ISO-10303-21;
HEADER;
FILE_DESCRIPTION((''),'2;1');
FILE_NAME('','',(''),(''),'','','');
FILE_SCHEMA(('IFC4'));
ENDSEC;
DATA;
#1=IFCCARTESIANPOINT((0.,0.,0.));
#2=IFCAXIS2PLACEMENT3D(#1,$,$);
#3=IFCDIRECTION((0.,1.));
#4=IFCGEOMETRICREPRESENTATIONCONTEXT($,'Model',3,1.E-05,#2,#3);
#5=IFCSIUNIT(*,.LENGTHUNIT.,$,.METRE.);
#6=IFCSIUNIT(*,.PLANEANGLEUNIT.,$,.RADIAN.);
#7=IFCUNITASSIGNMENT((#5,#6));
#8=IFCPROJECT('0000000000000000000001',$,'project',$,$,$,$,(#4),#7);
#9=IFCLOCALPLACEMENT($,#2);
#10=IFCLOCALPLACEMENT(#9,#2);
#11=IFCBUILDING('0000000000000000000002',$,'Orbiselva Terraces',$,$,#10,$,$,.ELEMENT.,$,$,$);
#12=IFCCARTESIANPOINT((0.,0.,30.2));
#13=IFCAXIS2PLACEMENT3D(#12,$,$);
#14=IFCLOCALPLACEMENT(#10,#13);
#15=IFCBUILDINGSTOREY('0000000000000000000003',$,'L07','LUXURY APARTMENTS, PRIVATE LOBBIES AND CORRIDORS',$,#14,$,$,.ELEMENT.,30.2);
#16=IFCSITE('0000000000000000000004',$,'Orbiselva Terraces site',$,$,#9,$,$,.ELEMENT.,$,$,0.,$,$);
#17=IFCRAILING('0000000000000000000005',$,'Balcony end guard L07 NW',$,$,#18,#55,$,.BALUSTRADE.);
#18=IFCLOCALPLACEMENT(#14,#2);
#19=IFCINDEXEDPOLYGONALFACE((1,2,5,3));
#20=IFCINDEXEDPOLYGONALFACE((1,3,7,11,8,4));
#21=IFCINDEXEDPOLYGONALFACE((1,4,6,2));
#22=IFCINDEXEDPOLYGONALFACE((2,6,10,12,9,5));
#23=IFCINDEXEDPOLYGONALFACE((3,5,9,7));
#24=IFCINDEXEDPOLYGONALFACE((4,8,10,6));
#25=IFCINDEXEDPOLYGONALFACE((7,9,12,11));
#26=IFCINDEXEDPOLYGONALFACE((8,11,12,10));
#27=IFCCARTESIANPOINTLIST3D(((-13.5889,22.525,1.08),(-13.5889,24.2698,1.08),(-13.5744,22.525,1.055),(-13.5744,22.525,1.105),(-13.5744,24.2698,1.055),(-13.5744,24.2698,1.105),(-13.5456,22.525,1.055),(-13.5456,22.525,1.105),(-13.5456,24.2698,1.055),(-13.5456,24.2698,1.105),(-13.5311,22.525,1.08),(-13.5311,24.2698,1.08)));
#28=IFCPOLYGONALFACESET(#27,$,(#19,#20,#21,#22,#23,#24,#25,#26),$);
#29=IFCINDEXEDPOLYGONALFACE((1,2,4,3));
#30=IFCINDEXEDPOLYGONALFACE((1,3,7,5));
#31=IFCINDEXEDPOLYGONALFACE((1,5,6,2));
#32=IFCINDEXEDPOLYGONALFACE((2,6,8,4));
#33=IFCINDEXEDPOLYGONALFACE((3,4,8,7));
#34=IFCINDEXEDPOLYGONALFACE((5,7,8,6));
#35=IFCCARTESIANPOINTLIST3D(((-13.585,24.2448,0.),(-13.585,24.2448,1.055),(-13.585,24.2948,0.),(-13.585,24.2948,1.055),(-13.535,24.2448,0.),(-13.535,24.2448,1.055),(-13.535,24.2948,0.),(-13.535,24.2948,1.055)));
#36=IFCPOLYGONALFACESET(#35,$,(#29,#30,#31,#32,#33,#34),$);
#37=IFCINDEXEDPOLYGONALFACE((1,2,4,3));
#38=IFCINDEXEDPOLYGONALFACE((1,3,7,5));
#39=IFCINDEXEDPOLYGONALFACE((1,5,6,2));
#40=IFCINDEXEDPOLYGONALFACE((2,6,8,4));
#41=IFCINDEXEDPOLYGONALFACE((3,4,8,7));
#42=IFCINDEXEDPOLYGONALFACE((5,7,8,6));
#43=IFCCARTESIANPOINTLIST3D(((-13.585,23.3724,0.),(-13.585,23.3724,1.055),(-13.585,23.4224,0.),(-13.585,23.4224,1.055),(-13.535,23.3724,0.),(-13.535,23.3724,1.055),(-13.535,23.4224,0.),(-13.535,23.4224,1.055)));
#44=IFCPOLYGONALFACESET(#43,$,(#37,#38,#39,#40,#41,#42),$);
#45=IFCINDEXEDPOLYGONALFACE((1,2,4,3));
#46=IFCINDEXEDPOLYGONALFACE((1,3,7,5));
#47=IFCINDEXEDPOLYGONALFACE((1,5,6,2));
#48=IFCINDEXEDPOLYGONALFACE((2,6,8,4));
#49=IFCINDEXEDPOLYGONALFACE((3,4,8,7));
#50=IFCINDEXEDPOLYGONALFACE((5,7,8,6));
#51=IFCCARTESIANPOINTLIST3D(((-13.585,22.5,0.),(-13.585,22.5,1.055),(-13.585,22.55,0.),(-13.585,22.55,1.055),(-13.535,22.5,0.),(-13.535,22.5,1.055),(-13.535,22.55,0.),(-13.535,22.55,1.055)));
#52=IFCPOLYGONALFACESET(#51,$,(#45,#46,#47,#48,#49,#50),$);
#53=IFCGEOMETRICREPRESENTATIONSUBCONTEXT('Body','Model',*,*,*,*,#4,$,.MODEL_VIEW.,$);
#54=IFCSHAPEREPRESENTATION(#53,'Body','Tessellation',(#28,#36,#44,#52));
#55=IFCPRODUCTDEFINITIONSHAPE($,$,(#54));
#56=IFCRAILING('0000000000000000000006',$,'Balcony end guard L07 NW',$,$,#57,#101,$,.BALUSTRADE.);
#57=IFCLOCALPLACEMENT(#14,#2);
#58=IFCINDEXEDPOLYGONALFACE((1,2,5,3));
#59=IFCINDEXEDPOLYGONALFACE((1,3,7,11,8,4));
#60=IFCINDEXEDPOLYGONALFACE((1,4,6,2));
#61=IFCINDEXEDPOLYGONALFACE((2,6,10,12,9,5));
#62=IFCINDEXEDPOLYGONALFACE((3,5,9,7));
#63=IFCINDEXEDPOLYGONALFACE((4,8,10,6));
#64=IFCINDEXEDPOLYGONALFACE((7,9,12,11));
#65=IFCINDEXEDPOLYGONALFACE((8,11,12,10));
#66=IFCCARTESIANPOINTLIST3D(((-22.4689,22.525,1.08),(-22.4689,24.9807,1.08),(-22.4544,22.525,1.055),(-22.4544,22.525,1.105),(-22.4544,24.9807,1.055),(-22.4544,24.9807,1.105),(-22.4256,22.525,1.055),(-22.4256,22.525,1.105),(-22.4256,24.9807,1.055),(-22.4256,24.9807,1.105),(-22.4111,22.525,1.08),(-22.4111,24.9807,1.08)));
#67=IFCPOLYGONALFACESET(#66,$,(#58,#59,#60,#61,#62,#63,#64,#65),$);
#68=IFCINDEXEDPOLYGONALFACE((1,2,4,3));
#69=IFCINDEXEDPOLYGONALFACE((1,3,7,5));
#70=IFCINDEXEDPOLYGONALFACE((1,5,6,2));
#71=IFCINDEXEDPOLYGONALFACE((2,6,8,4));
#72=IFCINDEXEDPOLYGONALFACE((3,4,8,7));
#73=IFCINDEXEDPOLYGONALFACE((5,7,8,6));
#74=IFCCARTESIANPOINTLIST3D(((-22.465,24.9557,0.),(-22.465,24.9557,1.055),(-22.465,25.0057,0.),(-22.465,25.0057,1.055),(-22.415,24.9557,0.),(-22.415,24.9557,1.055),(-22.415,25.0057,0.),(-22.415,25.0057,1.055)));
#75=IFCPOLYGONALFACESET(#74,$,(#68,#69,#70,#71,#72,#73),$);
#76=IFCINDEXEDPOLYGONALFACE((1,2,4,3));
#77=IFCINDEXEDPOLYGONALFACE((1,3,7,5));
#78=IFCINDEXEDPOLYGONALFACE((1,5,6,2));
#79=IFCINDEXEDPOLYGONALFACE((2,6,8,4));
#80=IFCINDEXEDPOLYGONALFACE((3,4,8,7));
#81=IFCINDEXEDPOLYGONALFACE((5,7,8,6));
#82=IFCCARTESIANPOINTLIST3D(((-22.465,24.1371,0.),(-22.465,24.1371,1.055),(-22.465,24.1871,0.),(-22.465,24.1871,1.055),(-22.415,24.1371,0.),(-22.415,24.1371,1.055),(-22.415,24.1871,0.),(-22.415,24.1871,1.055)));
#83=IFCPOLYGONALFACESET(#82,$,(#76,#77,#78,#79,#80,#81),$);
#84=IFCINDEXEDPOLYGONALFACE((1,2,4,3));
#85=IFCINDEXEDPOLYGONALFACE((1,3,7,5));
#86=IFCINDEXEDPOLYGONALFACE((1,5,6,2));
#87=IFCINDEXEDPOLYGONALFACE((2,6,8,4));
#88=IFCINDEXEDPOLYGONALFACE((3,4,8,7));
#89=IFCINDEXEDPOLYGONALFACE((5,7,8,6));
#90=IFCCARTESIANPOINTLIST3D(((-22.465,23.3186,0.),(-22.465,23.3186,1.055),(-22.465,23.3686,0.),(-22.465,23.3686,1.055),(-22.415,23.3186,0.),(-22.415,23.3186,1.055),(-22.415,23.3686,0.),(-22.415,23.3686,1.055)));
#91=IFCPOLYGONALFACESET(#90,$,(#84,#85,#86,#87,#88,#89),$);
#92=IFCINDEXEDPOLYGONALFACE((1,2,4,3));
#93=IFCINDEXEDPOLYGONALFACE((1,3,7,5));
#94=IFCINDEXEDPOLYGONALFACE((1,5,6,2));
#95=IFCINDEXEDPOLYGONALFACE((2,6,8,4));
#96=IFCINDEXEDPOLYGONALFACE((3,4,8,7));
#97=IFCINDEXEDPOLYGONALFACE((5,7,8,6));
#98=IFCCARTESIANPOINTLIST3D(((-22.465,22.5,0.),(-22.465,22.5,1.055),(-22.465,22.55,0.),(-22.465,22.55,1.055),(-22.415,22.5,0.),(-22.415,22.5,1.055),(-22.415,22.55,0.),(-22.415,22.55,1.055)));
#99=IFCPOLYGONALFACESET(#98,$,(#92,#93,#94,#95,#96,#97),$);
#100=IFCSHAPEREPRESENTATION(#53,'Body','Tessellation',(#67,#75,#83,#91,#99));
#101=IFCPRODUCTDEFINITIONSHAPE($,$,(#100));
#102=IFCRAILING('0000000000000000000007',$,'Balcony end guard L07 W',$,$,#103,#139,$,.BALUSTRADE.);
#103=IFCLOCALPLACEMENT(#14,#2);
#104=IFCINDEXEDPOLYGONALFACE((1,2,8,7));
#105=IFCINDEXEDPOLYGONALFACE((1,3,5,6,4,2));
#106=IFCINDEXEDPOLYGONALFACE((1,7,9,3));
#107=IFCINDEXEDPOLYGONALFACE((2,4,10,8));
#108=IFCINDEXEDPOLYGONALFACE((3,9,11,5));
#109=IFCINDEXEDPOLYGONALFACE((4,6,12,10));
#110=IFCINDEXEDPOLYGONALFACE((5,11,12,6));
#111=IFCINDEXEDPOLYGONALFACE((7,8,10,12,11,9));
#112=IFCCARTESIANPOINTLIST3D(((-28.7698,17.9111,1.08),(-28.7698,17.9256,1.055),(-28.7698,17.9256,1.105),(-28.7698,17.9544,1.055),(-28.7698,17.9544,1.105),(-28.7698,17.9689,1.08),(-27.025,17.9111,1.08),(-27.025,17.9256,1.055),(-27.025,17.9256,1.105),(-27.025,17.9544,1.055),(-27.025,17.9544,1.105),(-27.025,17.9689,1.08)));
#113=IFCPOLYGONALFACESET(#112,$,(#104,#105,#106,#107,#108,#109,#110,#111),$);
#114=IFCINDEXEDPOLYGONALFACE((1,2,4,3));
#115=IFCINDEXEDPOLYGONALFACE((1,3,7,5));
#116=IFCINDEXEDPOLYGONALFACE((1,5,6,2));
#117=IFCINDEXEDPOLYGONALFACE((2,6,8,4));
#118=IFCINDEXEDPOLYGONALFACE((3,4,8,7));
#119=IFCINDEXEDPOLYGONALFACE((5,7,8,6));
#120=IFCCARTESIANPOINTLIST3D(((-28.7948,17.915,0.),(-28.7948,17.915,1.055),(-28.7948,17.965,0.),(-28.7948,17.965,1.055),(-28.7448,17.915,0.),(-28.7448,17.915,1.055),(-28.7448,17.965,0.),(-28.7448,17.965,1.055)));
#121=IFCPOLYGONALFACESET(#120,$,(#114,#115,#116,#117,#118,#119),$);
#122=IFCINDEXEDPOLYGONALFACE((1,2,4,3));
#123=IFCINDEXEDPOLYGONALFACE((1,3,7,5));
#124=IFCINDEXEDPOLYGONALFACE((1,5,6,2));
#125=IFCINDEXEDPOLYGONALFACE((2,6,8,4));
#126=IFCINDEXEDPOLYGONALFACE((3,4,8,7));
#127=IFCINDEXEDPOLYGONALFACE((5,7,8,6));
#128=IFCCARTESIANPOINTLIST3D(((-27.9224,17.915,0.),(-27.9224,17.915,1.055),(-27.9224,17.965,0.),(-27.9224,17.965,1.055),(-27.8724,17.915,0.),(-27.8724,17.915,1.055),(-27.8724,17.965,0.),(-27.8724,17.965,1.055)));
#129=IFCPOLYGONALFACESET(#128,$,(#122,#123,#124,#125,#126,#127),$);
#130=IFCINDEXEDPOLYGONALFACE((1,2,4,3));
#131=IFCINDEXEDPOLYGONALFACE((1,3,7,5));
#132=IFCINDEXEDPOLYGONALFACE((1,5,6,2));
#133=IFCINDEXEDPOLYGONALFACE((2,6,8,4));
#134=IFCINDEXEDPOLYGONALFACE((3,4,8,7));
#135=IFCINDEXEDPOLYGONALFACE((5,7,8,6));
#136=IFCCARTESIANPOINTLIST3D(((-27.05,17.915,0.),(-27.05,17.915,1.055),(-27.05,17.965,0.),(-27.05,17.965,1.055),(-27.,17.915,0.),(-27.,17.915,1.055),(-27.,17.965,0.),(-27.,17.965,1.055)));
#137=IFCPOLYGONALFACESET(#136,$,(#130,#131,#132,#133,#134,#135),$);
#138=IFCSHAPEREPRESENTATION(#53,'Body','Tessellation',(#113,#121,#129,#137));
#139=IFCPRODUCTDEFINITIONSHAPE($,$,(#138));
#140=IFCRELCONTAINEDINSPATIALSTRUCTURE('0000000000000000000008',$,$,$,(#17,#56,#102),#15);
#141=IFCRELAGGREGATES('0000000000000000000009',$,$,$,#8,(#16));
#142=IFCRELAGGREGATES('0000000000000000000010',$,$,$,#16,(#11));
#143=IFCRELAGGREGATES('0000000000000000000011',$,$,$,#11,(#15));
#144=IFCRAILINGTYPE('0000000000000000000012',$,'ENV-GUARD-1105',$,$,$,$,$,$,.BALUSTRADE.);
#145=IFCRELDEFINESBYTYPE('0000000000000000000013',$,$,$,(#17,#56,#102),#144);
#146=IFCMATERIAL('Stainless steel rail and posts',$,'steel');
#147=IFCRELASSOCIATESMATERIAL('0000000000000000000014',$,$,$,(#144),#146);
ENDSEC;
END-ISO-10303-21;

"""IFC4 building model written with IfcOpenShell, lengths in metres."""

from ifc_helpers import new_model, si_unit, direction, frame, origin, origin_2d, place, context, subcontext, project, spatial, polyline, rectangle, outline, extrude, material, type_object, element, save


model = new_model("IFC4")

# Units and contexts
model_context = context("Model", 3, precision=1e-05, world=origin(), true_north=direction((0.0, 1.0)))
body_context = subcontext(model_context, "Body", "Model", "MODEL_VIEW")
ifc_project = project(units=[si_unit("LENGTHUNIT", "METRE"), si_unit("PLANEANGLEUNIT", "RADIAN")], contexts=[model_context])

# Site, building, storey
site_placement = place(None, origin())
site = spatial("IfcSite", under=ifc_project, at=site_placement, Name="Orbiselva Terraces site", CompositionType="ELEMENT", RefElevation=0.0)
building_placement = place(site_placement, origin())
building = spatial("IfcBuilding", under=site, at=building_placement, Name="Orbiselva Terraces", CompositionType="ELEMENT")
storey_placement = place(building_placement, frame((0.0, 0.0, 30.2)))
storey = spatial("IfcBuildingStorey", under=building, at=storey_placement, Name="L07", Description="LUXURY APARTMENTS, PRIVATE LOBBIES AND CORRIDORS", CompositionType="ELEMENT", Elevation=30.2)

# Railings
ifc_material_1 = material(Name="Stainless steel rail and posts", Category="steel")
railing_type_1 = type_object("IfcRailingType", Name="ENV-GUARD-1105", PredefinedType="BALUSTRADE", material=ifc_material_1)
railing_1_placement = place(storey_placement, frame((-13.56, 24.2698, 0.0)))
element("IfcRailing", 1, at=railing_1_placement, inside=storey, type_object=railing_type_1, Name="Balcony end guard L07 NW", PredefinedType="BALUSTRADE", context=body_context, shape_type="SweptSolid", body=[
    extrude(outline(polyline([(0.0289, 0.0), (0.0144, 0.025), (-0.0144, 0.025), (-0.0289, 0.0), (-0.0144, -0.025), (0.0144, -0.025), (0.0289, 0.0)])), frame((0.0, 0.0, 1.08), z_axis=(0.0, -1.0, 0.0), x_axis=(1.0, 0.0, 0.0)), (0.0, 0.0, 1.0), 1.7448),
    extrude(rectangle(XDim=0.05, YDim=0.05, at=origin_2d()), origin(), (0.0, 0.0, 1.0), 1.055),
    extrude(rectangle(XDim=0.05, YDim=0.05, at=origin_2d()), frame((0.0, -0.8724, 0.0)), (0.0, 0.0, 1.0), 1.055),
    extrude(rectangle(XDim=0.05, YDim=0.05, at=origin_2d()), frame((0.0, -1.7448, 0.0)), (0.0, 0.0, 1.0), 1.055),
])
railing_2_placement = place(storey_placement, frame((-22.44, 24.9807, 0.0)))
element("IfcRailing", 2, at=railing_2_placement, inside=storey, type_object=railing_type_1, Name="Balcony end guard L07 NW", PredefinedType="BALUSTRADE", context=body_context, shape_type="SweptSolid", body=[
    extrude(outline(polyline([(0.0289, 0.0), (0.0144, 0.025), (-0.0144, 0.025), (-0.0289, 0.0), (-0.0144, -0.025), (0.0144, -0.025), (0.0289, 0.0)])), frame((0.0, 0.0, 1.08), z_axis=(0.0, -1.0, 0.0), x_axis=(1.0, 0.0, 0.0)), (0.0, 0.0, 1.0), 2.4557),
    extrude(rectangle(XDim=0.05, YDim=0.05, at=origin_2d()), origin(), (0.0, 0.0, 1.0), 1.055),
    extrude(rectangle(XDim=0.05, YDim=0.05, at=origin_2d()), frame((0.0, -0.8186, 0.0)), (0.0, 0.0, 1.0), 1.055),
    extrude(rectangle(XDim=0.05, YDim=0.05, at=origin_2d()), frame((0.0, -1.6371, 0.0)), (0.0, 0.0, 1.0), 1.055),
    extrude(rectangle(XDim=0.05, YDim=0.05, at=origin_2d()), frame((0.0, -2.4557, 0.0)), (0.0, 0.0, 1.0), 1.055),
])
railing_3_placement = place(storey_placement, frame((-28.7698, 17.94, 0.0)))
element("IfcRailing", 3, at=railing_3_placement, inside=storey, type_object=railing_type_1, Name="Balcony end guard L07 W", PredefinedType="BALUSTRADE", context=body_context, shape_type="SweptSolid", body=[
    extrude(outline(polyline([(0.0289, 0.0), (0.0144, 0.025), (-0.0144, 0.025), (-0.0289, 0.0), (-0.0144, -0.025), (0.0144, -0.025), (0.0289, 0.0)])), frame((0.0, 0.0, 1.08), z_axis=(1.0, 0.0, 0.0), x_axis=(0.0, 1.0, 0.0)), (0.0, 0.0, 1.0), 1.7448),
    extrude(rectangle(XDim=0.05, YDim=0.05, at=origin_2d()), origin(), (0.0, 0.0, 1.0), 1.055),
    extrude(rectangle(XDim=0.05, YDim=0.05, at=origin_2d()), frame((0.8724, 0.0, 0.0)), (0.0, 0.0, 1.0), 1.055),
    extrude(rectangle(XDim=0.05, YDim=0.05, at=origin_2d()), frame((1.7448, 0.0, 0.0)), (0.0, 0.0, 1.0), 1.055),
])

save(model, "model.ifc")
